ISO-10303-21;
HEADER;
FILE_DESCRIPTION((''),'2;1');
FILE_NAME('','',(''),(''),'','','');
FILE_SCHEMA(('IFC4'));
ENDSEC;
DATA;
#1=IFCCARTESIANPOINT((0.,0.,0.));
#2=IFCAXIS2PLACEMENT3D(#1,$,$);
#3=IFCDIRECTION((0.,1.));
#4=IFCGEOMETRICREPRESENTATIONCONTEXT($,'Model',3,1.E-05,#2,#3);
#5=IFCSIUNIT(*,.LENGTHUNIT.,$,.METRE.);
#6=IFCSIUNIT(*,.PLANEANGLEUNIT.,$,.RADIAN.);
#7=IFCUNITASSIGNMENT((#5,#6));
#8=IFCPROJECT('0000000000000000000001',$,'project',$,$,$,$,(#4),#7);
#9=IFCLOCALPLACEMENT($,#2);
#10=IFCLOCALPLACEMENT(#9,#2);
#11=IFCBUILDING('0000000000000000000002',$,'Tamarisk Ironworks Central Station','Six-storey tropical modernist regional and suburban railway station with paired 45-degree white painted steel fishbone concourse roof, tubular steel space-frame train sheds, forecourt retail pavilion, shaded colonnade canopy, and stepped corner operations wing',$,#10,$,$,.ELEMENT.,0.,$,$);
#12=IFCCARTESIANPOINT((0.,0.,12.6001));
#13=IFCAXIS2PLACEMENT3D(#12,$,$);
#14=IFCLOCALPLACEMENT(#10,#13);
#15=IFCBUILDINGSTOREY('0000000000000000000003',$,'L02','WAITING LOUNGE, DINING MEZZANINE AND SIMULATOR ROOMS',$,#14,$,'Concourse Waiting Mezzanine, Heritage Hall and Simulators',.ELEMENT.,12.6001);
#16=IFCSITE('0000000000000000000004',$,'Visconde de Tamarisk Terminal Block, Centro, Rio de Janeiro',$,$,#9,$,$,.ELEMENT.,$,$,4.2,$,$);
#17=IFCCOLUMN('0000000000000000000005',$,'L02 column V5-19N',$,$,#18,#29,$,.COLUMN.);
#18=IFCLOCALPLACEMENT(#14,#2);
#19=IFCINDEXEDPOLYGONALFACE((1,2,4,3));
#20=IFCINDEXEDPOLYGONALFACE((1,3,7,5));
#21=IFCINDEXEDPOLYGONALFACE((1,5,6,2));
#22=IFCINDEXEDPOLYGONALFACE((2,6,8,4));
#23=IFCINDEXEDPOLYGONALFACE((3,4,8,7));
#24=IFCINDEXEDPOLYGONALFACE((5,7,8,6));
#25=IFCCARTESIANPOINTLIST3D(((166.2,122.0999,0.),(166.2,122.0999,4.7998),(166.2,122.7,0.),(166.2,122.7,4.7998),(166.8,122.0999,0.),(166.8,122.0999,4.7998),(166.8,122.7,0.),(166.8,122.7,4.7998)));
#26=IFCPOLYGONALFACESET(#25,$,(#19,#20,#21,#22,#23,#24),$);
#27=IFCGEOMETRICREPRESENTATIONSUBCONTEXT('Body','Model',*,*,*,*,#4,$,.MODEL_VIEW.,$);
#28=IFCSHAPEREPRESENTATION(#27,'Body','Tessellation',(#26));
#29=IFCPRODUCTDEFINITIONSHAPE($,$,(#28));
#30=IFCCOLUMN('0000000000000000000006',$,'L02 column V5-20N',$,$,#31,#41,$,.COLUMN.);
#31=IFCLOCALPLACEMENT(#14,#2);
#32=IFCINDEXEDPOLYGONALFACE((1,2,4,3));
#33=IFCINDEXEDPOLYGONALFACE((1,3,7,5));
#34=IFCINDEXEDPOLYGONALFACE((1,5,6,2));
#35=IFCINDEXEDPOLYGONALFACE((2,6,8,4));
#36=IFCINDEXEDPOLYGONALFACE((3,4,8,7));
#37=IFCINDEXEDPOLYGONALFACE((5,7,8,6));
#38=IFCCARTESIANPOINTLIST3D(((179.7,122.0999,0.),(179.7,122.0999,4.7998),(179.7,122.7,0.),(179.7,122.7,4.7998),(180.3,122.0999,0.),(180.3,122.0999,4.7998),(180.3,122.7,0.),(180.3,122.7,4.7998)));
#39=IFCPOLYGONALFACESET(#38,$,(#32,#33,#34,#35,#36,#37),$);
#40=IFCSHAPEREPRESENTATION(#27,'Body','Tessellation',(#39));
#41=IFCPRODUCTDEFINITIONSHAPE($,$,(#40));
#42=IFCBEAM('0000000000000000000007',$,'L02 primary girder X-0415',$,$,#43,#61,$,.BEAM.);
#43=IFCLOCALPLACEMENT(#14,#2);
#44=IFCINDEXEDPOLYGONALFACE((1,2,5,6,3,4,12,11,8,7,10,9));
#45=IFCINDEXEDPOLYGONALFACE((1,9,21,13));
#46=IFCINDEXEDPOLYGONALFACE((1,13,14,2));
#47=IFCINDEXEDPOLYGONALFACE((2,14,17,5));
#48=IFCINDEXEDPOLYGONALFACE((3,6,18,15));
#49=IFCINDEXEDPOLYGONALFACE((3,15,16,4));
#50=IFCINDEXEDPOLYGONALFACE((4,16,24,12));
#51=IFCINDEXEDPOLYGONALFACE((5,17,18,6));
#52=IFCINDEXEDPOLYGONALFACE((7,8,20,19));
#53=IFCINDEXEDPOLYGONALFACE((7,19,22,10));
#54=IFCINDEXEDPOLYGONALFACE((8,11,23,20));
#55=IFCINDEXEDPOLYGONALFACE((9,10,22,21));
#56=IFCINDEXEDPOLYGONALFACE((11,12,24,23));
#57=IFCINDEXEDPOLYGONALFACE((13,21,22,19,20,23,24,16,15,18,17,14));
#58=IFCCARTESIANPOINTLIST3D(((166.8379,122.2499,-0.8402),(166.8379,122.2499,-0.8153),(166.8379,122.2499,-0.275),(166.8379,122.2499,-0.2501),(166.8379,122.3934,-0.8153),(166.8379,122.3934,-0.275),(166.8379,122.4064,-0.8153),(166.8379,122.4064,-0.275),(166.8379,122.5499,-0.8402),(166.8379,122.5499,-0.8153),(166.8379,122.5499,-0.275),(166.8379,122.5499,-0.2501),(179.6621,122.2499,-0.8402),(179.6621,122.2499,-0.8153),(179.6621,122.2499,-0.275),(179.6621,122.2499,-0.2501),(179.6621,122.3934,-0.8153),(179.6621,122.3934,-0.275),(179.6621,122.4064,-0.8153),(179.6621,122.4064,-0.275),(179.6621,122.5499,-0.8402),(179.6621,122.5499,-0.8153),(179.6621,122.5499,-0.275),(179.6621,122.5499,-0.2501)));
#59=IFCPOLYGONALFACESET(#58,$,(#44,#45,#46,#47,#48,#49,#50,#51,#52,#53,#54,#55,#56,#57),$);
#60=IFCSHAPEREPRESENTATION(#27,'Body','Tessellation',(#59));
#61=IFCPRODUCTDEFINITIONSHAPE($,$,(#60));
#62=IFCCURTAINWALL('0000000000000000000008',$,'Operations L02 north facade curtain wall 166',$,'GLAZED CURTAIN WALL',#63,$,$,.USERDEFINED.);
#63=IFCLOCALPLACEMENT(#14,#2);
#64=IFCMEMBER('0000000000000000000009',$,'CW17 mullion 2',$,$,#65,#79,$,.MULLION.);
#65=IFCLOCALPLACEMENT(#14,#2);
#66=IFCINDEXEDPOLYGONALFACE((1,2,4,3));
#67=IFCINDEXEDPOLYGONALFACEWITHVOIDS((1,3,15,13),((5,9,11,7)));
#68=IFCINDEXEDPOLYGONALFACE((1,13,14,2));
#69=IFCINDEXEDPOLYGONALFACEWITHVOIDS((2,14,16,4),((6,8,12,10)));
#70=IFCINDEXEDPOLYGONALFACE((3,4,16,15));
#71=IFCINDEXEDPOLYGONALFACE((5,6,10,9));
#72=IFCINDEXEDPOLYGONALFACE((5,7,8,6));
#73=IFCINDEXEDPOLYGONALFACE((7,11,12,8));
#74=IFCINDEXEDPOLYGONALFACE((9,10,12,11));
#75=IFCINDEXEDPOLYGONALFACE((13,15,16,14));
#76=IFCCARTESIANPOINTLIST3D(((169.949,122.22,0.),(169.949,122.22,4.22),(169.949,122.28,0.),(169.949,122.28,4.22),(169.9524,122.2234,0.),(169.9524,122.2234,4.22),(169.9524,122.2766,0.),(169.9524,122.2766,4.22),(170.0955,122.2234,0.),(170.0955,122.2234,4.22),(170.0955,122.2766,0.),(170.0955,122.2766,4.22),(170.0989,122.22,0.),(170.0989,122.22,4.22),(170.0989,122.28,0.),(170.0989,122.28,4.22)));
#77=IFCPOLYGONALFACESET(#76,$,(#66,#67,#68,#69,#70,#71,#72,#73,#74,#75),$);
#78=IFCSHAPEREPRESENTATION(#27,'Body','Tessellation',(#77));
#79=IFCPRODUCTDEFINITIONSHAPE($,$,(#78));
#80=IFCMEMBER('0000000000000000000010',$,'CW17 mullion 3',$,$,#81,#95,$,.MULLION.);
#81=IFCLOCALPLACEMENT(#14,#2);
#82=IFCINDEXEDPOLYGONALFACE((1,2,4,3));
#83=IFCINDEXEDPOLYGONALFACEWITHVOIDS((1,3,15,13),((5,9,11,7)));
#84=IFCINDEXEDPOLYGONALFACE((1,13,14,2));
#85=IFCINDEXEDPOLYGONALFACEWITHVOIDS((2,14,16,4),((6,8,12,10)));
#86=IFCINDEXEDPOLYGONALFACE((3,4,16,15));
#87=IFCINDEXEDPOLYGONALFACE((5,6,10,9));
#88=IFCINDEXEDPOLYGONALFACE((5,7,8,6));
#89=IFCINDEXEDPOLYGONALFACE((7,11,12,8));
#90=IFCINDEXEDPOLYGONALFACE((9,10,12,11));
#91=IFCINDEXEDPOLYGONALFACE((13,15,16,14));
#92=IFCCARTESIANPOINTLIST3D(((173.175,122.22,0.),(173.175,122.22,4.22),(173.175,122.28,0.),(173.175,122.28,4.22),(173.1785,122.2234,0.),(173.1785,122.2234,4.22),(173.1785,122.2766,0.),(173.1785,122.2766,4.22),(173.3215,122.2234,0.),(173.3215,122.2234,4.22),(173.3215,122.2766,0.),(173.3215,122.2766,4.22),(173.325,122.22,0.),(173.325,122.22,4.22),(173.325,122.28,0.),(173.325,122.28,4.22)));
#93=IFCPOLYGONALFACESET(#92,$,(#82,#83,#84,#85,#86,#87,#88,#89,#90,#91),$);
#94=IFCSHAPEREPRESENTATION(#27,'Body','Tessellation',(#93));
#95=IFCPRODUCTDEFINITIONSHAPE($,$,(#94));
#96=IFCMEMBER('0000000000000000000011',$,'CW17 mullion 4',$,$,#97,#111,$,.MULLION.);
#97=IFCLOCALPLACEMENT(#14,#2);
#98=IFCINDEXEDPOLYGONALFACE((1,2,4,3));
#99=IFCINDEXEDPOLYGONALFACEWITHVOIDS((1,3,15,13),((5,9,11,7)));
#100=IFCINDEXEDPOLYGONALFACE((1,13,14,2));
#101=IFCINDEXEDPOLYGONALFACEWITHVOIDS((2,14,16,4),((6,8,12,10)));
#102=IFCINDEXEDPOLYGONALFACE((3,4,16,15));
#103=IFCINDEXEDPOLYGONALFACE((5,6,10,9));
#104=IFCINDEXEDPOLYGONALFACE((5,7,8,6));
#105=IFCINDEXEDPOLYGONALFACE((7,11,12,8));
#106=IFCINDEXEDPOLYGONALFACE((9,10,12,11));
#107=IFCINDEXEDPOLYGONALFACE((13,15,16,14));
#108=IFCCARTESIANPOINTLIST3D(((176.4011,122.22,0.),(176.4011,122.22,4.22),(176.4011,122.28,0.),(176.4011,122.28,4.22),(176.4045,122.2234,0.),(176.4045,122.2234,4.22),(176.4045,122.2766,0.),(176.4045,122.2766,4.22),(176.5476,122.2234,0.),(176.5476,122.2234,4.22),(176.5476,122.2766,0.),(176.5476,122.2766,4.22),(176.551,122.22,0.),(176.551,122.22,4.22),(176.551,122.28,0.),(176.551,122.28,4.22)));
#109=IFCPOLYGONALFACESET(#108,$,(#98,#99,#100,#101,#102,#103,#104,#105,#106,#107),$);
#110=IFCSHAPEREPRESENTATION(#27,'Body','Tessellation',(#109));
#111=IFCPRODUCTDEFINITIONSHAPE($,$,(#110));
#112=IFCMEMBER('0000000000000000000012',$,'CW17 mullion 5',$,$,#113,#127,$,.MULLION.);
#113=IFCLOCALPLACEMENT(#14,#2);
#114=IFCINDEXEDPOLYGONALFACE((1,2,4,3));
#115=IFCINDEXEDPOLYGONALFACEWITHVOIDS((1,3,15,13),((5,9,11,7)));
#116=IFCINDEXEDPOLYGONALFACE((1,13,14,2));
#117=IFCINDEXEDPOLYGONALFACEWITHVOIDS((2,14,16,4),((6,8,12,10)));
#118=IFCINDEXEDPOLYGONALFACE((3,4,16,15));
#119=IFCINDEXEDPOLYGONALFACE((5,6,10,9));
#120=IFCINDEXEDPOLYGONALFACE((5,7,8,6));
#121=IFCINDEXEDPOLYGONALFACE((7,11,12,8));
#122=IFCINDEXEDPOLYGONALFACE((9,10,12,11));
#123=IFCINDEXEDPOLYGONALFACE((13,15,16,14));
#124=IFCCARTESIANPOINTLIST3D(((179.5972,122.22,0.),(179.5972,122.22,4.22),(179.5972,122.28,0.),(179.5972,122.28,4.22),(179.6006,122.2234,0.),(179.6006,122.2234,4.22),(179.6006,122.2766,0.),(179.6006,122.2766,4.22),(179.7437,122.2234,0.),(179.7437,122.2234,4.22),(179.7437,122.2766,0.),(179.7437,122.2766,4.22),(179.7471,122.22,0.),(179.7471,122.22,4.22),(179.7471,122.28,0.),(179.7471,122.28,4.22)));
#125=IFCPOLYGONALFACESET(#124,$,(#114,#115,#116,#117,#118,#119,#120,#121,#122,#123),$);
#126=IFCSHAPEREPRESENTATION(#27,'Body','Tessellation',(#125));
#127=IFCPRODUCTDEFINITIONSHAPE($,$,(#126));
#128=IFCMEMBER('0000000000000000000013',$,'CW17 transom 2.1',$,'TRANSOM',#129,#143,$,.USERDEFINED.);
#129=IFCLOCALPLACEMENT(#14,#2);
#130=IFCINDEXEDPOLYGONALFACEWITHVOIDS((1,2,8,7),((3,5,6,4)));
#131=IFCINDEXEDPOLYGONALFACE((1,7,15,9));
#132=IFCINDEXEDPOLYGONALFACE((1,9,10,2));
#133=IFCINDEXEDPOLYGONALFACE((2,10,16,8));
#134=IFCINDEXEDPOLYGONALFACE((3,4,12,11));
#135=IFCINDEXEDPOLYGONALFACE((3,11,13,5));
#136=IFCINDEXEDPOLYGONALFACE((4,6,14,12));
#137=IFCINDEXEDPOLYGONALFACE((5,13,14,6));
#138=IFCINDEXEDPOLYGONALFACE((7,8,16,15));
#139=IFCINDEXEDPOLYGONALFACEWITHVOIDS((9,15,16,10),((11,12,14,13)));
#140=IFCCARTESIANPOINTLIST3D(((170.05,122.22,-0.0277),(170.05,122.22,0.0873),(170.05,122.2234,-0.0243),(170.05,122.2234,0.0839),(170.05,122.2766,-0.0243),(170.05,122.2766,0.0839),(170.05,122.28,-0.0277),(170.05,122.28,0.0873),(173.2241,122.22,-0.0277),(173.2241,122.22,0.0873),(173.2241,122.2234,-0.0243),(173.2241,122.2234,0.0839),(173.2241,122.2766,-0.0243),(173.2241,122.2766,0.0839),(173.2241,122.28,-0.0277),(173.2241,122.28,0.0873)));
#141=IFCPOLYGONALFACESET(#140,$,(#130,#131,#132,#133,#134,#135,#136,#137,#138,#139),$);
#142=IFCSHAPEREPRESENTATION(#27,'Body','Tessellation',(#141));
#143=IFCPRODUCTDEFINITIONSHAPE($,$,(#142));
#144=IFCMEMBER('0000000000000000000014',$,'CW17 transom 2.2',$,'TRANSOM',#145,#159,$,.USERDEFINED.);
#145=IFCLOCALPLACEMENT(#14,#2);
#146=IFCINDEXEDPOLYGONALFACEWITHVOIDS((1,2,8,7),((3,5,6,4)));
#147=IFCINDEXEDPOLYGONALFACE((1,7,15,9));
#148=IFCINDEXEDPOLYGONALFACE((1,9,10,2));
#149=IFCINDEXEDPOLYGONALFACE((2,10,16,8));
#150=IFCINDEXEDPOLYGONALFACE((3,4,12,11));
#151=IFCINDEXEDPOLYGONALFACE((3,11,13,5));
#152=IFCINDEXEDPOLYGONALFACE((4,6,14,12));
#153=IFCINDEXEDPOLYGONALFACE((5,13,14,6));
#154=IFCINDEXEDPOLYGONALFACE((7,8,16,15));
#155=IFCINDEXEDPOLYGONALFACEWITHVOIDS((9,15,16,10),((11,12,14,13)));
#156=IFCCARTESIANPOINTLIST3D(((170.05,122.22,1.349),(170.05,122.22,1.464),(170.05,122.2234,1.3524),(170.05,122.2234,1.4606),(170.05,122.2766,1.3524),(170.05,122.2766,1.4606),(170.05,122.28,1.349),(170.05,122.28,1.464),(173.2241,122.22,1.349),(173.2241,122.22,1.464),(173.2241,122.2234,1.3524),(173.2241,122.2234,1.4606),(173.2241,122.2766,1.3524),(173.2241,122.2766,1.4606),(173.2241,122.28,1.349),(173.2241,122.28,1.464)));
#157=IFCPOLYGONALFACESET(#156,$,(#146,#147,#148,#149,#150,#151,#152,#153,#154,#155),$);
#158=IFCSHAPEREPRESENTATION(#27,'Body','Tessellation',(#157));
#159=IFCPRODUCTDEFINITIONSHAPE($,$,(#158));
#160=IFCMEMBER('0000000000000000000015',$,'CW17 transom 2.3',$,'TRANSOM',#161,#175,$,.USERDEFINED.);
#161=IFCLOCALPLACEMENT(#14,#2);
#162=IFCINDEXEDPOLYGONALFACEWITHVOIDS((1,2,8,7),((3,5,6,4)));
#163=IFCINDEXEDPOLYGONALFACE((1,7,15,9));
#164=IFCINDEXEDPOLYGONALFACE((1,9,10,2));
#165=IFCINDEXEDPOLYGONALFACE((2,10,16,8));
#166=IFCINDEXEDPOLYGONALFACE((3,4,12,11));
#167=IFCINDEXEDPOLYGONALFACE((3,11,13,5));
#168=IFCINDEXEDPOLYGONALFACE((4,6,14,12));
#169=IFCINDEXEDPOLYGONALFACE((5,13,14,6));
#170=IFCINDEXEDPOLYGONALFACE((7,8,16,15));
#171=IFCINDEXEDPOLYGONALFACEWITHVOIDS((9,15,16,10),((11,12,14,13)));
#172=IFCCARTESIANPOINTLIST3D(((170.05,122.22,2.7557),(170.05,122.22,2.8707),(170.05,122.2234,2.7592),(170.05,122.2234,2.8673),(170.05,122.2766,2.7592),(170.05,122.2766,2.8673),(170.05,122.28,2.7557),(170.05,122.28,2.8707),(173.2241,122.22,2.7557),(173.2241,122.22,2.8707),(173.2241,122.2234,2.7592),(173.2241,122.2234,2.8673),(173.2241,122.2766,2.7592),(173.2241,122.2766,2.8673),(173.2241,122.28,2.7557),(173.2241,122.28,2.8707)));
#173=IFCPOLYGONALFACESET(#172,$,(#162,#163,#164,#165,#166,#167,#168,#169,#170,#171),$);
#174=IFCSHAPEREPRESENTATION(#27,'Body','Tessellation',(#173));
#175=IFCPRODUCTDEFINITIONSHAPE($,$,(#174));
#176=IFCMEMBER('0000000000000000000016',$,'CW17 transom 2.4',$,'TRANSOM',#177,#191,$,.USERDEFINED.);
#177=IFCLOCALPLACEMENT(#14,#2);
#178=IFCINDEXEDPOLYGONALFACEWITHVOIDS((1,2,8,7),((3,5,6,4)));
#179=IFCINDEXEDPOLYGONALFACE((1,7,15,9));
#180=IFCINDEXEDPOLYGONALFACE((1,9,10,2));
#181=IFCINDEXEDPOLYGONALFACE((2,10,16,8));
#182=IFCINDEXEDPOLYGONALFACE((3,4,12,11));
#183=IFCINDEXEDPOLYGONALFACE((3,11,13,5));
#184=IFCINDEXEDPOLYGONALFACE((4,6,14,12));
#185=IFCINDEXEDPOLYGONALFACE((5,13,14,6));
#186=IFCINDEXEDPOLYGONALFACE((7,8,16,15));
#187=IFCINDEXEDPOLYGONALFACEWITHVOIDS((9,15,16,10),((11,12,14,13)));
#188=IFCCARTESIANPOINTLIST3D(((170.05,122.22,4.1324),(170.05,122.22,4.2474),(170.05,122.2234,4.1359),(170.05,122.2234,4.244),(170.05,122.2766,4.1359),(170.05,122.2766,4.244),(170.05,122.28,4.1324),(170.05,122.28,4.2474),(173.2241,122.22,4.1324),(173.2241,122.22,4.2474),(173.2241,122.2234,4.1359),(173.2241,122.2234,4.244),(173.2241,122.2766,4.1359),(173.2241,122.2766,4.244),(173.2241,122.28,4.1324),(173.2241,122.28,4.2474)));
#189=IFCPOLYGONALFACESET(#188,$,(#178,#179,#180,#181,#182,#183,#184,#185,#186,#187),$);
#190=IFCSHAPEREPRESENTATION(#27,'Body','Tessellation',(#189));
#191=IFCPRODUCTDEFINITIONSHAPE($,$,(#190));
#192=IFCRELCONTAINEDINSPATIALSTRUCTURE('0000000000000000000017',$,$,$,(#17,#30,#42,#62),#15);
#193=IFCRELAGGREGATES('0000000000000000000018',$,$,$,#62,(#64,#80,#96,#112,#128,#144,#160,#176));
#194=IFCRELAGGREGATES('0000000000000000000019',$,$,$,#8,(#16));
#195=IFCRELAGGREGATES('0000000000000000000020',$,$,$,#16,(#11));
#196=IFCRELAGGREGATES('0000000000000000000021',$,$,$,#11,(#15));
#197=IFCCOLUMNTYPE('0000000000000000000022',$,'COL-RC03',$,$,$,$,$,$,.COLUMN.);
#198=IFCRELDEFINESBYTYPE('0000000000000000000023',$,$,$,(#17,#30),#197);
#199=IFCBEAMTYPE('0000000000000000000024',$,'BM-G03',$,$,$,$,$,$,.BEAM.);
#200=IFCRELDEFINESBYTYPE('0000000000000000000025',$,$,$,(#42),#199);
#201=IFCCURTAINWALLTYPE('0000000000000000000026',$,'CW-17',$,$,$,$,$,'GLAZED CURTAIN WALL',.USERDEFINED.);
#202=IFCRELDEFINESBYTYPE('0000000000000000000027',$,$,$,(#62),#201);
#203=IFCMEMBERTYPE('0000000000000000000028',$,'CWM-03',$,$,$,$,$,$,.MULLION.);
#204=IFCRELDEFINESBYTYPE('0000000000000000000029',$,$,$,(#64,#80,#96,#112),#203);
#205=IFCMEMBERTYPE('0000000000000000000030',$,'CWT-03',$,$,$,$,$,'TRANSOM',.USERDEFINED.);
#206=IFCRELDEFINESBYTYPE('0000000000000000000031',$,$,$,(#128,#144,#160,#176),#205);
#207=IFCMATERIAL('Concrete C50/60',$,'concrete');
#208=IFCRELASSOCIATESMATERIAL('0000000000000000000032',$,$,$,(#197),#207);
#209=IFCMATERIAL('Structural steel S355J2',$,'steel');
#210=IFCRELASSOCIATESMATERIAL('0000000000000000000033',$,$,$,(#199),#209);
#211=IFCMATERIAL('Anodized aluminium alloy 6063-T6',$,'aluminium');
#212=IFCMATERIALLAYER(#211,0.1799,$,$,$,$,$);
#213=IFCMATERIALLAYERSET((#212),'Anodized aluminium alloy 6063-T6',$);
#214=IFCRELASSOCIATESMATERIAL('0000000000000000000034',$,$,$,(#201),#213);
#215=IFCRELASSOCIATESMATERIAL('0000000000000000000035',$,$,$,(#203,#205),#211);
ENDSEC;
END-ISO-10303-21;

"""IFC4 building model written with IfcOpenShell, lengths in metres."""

from ifc_helpers import new_model, si_unit, direction, frame, origin, origin_2d, place, context, subcontext, project, spatial, rectangle, hollow_rectangle, i_section, extrude, material, layer, layer_set, material_profile, profile_set, type_object, element, aggregate, save


model = new_model("IFC4")

# Units and contexts
model_context = context("Model", 3, precision=1e-05, world=origin(), true_north=direction((0.0, 1.0)))
body_context = subcontext(model_context, "Body", "Model", "MODEL_VIEW")
ifc_project = project(units=[si_unit("LENGTHUNIT", "METRE"), si_unit("PLANEANGLEUNIT", "RADIAN")], contexts=[model_context])

# Site, building, storey
site_placement = place(None, origin())
site = spatial("IfcSite", under=ifc_project, at=site_placement, Name="Visconde de Tamarisk Terminal Block, Centro, Rio de Janeiro", CompositionType="ELEMENT", RefElevation=4.2)
building_placement = place(site_placement, origin())
building = spatial("IfcBuilding", under=site, at=building_placement, Name="Tamarisk Ironworks Central Station", Description="Six-storey tropical modernist regional and suburban railway station with paired 45-degree white painted steel fishbone concourse roof, tubular steel space-frame train sheds, forecourt retail pavilion, shaded colonnade canopy, and stepped corner operations wing", CompositionType="ELEMENT", ElevationOfRefHeight=0.0)
storey_placement = place(building_placement, frame((0.0, 0.0, 12.6001)))
storey = spatial("IfcBuildingStorey", under=building, at=storey_placement, Name="L02", Description="WAITING LOUNGE, DINING MEZZANINE AND SIMULATOR ROOMS", LongName="Concourse Waiting Mezzanine, Heritage Hall and Simulators", CompositionType="ELEMENT", Elevation=12.6001)

# Columns
ifc_material_1 = material(Name="Concrete C50/60", Category="concrete")
ifc_material_profile_1 = material_profile(ifc_material_1, rectangle(XDim=0.6001, YDim=0.6001, at=origin_2d()), Name="RC 600x600")
ifc_profile_set_1 = profile_set([ifc_material_profile_1], Name="Concrete C50/60")
column_type = type_object("IfcColumnType", Name="COL-RC03", PredefinedType="COLUMN", material=ifc_profile_set_1)
for number, where, z_axis, x_axis, name in (
    (1, (166.5, 122.3999, 0.0), (0.0, 0.0, 1.0), (1.0, 0.0, 0.0), "L02 column V5-19N"),
    (2, (180.0, 122.3999, 0.0), (0.0, 0.0, 1.0), (1.0, 0.0, 0.0), "L02 column V5-20N"),
):
    element("IfcColumn", number, at=place(storey_placement, frame(where, z_axis=z_axis, x_axis=x_axis)), inside=storey, type_object=column_type, Name=name, PredefinedType="COLUMN", context=body_context, shape_type="SweptSolid", body=[
        extrude(rectangle(XDim=0.6001, YDim=0.6001, at=origin_2d()), origin(), (0.0, 0.0, 1.0), 4.7998),
    ])

# Beam
ifc_material_2 = material(Name="Structural steel S355J2", Category="steel")
ifc_material_profile_2 = material_profile(ifc_material_2, i_section(OverallWidth=0.3, OverallDepth=0.5901, WebThickness=0.0129, FlangeThickness=0.0249, at=origin_2d()), Name="HEA 600")
ifc_profile_set_2 = profile_set([ifc_material_profile_2], Name="Structural steel S355J2")
beam_type = type_object("IfcBeamType", Name="BM-G03", PredefinedType="BEAM", material=ifc_profile_set_2)
beam_placement = place(storey_placement, frame((166.8379, 122.3999, -0.5452), z_axis=(1.0, 0.0, 0.0), x_axis=(0.0, 1.0, 0.0)))
element("IfcBeam", 3, at=beam_placement, inside=storey, type_object=beam_type, Name="L02 primary girder X-0415", PredefinedType="BEAM", context=body_context, shape_type="SweptSolid", body=[
    extrude(i_section(OverallWidth=0.3, OverallDepth=0.5901, WebThickness=0.0129, FlangeThickness=0.0249, at=origin_2d()), origin(), (0.0, 0.0, 1.0), 12.8242),
])

# Curtain wall, members
ifc_material_3 = material(Name="Anodized aluminium alloy 6063-T6", Category="aluminium")
ifc_layer_1 = layer(ifc_material_3, 0.1799)
ifc_layer_set_1 = layer_set([ifc_layer_1], Name="Anodized aluminium alloy 6063-T6")
curtain_wall_type = type_object("IfcCurtainWallType", Name="CW-17", ElementType="GLAZED CURTAIN WALL", PredefinedType="USERDEFINED", material=ifc_layer_set_1)
curtain_wall_placement = place(storey_placement, origin())
curtain_wall = element("IfcCurtainWall", 4, at=curtain_wall_placement, inside=storey, type_object=curtain_wall_type, Name="Operations L02 north facade curtain wall 166", ObjectType="GLAZED CURTAIN WALL", PredefinedType="USERDEFINED")
ifc_material_profile_3 = material_profile(ifc_material_3, hollow_rectangle(XDim=0.0601, YDim=0.1499, WallThickness=0.0034, at=origin_2d()), Name="ALUM 150x60")
ifc_profile_set_3 = profile_set([ifc_material_profile_3], Name="Anodized aluminium alloy 6063-T6")
member_type_1 = type_object("IfcMemberType", Name="CWM-03", PredefinedType="MULLION", material=ifc_profile_set_3)
member_1_placement = place(storey_placement, frame((170.0239, 122.25, 0.0), z_axis=(0.0, 0.0, 1.0), x_axis=(0.0, 1.0, 0.0)))
member_1 = element("IfcMember", 5, at=member_1_placement, type_object=member_type_1, Name="CW17 mullion 2", PredefinedType="MULLION", context=body_context, shape_type="SweptSolid", body=[
    extrude(hollow_rectangle(XDim=0.0601, YDim=0.1499, WallThickness=0.0034, at=origin_2d()), origin(), (0.0, 0.0, 1.0), 4.22),
])
member_2_placement = place(storey_placement, frame((173.25, 122.25, 0.0), z_axis=(0.0, 0.0, 1.0), x_axis=(0.0, 1.0, 0.0)))
member_2 = element("IfcMember", 6, at=member_2_placement, type_object=member_type_1, Name="CW17 mullion 3", PredefinedType="MULLION", context=body_context, shape_type="SweptSolid", body=[
    extrude(hollow_rectangle(XDim=0.0601, YDim=0.1499, WallThickness=0.0034, at=origin_2d()), origin(), (0.0, 0.0, 1.0), 4.22),
])
member_3_placement = place(storey_placement, frame((176.4761, 122.25, 0.0), z_axis=(0.0, 0.0, 1.0), x_axis=(0.0, 1.0, 0.0)))
member_3 = element("IfcMember", 7, at=member_3_placement, type_object=member_type_1, Name="CW17 mullion 4", PredefinedType="MULLION", context=body_context, shape_type="SweptSolid", body=[
    extrude(hollow_rectangle(XDim=0.0601, YDim=0.1499, WallThickness=0.0034, at=origin_2d()), origin(), (0.0, 0.0, 1.0), 4.22),
])
member_4_placement = place(storey_placement, frame((179.6721, 122.25, 0.0), z_axis=(0.0, 0.0, 1.0), x_axis=(0.0, 1.0, 0.0)))
member_4 = element("IfcMember", 8, at=member_4_placement, type_object=member_type_1, Name="CW17 mullion 5", PredefinedType="MULLION", context=body_context, shape_type="SweptSolid", body=[
    extrude(hollow_rectangle(XDim=0.0601, YDim=0.1499, WallThickness=0.0034, at=origin_2d()), origin(), (0.0, 0.0, 1.0), 4.22),
])
ifc_material_profile_4 = material_profile(ifc_material_3, hollow_rectangle(XDim=0.0601, YDim=0.115, WallThickness=0.0034, at=origin_2d()), Name="ALUM 115x60")
ifc_profile_set_4 = profile_set([ifc_material_profile_4], Name="Anodized aluminium alloy 6063-T6")
member_type_2 = type_object("IfcMemberType", Name="CWT-03", ElementType="TRANSOM", PredefinedType="USERDEFINED", material=ifc_profile_set_4)
member_5_placement = place(storey_placement, frame((170.05, 122.25, 0.0298), z_axis=(1.0, 0.0, 0.0), x_axis=(0.0, 1.0, 0.0)))
member_5 = element("IfcMember", 9, at=member_5_placement, type_object=member_type_2, Name="CW17 transom 2.1", ObjectType="TRANSOM", PredefinedType="USERDEFINED", context=body_context, shape_type="SweptSolid", body=[
    extrude(hollow_rectangle(XDim=0.0601, YDim=0.115, WallThickness=0.0034, at=origin_2d()), origin(), (0.0, 0.0, 1.0), 3.1741),
])
member_6_placement = place(storey_placement, frame((170.05, 122.25, 1.4065), z_axis=(1.0, 0.0, 0.0), x_axis=(0.0, 1.0, 0.0)))
member_6 = element("IfcMember", 10, at=member_6_placement, type_object=member_type_2, Name="CW17 transom 2.2", ObjectType="TRANSOM", PredefinedType="USERDEFINED", context=body_context, shape_type="SweptSolid", body=[
    extrude(hollow_rectangle(XDim=0.0601, YDim=0.115, WallThickness=0.0034, at=origin_2d()), origin(), (0.0, 0.0, 1.0), 3.1741),
])
member_7_placement = place(storey_placement, frame((170.05, 122.25, 2.8132), z_axis=(1.0, 0.0, 0.0), x_axis=(0.0, 1.0, 0.0)))
member_7 = element("IfcMember", 11, at=member_7_placement, type_object=member_type_2, Name="CW17 transom 2.3", ObjectType="TRANSOM", PredefinedType="USERDEFINED", context=body_context, shape_type="SweptSolid", body=[
    extrude(hollow_rectangle(XDim=0.0601, YDim=0.115, WallThickness=0.0034, at=origin_2d()), origin(), (0.0, 0.0, 1.0), 3.1741),
])
member_8_placement = place(storey_placement, frame((170.05, 122.25, 4.1899), z_axis=(1.0, 0.0, 0.0), x_axis=(0.0, 1.0, 0.0)))
member_8 = element("IfcMember", 12, at=member_8_placement, type_object=member_type_2, Name="CW17 transom 2.4", ObjectType="TRANSOM", PredefinedType="USERDEFINED", context=body_context, shape_type="SweptSolid", body=[
    extrude(hollow_rectangle(XDim=0.0601, YDim=0.115, WallThickness=0.0034, at=origin_2d()), origin(), (0.0, 0.0, 1.0), 3.1741),
])
aggregate(curtain_wall, [member_1, member_2, member_3, member_4, member_5, member_6, member_7, member_8])

save(model, "model.ifc")
